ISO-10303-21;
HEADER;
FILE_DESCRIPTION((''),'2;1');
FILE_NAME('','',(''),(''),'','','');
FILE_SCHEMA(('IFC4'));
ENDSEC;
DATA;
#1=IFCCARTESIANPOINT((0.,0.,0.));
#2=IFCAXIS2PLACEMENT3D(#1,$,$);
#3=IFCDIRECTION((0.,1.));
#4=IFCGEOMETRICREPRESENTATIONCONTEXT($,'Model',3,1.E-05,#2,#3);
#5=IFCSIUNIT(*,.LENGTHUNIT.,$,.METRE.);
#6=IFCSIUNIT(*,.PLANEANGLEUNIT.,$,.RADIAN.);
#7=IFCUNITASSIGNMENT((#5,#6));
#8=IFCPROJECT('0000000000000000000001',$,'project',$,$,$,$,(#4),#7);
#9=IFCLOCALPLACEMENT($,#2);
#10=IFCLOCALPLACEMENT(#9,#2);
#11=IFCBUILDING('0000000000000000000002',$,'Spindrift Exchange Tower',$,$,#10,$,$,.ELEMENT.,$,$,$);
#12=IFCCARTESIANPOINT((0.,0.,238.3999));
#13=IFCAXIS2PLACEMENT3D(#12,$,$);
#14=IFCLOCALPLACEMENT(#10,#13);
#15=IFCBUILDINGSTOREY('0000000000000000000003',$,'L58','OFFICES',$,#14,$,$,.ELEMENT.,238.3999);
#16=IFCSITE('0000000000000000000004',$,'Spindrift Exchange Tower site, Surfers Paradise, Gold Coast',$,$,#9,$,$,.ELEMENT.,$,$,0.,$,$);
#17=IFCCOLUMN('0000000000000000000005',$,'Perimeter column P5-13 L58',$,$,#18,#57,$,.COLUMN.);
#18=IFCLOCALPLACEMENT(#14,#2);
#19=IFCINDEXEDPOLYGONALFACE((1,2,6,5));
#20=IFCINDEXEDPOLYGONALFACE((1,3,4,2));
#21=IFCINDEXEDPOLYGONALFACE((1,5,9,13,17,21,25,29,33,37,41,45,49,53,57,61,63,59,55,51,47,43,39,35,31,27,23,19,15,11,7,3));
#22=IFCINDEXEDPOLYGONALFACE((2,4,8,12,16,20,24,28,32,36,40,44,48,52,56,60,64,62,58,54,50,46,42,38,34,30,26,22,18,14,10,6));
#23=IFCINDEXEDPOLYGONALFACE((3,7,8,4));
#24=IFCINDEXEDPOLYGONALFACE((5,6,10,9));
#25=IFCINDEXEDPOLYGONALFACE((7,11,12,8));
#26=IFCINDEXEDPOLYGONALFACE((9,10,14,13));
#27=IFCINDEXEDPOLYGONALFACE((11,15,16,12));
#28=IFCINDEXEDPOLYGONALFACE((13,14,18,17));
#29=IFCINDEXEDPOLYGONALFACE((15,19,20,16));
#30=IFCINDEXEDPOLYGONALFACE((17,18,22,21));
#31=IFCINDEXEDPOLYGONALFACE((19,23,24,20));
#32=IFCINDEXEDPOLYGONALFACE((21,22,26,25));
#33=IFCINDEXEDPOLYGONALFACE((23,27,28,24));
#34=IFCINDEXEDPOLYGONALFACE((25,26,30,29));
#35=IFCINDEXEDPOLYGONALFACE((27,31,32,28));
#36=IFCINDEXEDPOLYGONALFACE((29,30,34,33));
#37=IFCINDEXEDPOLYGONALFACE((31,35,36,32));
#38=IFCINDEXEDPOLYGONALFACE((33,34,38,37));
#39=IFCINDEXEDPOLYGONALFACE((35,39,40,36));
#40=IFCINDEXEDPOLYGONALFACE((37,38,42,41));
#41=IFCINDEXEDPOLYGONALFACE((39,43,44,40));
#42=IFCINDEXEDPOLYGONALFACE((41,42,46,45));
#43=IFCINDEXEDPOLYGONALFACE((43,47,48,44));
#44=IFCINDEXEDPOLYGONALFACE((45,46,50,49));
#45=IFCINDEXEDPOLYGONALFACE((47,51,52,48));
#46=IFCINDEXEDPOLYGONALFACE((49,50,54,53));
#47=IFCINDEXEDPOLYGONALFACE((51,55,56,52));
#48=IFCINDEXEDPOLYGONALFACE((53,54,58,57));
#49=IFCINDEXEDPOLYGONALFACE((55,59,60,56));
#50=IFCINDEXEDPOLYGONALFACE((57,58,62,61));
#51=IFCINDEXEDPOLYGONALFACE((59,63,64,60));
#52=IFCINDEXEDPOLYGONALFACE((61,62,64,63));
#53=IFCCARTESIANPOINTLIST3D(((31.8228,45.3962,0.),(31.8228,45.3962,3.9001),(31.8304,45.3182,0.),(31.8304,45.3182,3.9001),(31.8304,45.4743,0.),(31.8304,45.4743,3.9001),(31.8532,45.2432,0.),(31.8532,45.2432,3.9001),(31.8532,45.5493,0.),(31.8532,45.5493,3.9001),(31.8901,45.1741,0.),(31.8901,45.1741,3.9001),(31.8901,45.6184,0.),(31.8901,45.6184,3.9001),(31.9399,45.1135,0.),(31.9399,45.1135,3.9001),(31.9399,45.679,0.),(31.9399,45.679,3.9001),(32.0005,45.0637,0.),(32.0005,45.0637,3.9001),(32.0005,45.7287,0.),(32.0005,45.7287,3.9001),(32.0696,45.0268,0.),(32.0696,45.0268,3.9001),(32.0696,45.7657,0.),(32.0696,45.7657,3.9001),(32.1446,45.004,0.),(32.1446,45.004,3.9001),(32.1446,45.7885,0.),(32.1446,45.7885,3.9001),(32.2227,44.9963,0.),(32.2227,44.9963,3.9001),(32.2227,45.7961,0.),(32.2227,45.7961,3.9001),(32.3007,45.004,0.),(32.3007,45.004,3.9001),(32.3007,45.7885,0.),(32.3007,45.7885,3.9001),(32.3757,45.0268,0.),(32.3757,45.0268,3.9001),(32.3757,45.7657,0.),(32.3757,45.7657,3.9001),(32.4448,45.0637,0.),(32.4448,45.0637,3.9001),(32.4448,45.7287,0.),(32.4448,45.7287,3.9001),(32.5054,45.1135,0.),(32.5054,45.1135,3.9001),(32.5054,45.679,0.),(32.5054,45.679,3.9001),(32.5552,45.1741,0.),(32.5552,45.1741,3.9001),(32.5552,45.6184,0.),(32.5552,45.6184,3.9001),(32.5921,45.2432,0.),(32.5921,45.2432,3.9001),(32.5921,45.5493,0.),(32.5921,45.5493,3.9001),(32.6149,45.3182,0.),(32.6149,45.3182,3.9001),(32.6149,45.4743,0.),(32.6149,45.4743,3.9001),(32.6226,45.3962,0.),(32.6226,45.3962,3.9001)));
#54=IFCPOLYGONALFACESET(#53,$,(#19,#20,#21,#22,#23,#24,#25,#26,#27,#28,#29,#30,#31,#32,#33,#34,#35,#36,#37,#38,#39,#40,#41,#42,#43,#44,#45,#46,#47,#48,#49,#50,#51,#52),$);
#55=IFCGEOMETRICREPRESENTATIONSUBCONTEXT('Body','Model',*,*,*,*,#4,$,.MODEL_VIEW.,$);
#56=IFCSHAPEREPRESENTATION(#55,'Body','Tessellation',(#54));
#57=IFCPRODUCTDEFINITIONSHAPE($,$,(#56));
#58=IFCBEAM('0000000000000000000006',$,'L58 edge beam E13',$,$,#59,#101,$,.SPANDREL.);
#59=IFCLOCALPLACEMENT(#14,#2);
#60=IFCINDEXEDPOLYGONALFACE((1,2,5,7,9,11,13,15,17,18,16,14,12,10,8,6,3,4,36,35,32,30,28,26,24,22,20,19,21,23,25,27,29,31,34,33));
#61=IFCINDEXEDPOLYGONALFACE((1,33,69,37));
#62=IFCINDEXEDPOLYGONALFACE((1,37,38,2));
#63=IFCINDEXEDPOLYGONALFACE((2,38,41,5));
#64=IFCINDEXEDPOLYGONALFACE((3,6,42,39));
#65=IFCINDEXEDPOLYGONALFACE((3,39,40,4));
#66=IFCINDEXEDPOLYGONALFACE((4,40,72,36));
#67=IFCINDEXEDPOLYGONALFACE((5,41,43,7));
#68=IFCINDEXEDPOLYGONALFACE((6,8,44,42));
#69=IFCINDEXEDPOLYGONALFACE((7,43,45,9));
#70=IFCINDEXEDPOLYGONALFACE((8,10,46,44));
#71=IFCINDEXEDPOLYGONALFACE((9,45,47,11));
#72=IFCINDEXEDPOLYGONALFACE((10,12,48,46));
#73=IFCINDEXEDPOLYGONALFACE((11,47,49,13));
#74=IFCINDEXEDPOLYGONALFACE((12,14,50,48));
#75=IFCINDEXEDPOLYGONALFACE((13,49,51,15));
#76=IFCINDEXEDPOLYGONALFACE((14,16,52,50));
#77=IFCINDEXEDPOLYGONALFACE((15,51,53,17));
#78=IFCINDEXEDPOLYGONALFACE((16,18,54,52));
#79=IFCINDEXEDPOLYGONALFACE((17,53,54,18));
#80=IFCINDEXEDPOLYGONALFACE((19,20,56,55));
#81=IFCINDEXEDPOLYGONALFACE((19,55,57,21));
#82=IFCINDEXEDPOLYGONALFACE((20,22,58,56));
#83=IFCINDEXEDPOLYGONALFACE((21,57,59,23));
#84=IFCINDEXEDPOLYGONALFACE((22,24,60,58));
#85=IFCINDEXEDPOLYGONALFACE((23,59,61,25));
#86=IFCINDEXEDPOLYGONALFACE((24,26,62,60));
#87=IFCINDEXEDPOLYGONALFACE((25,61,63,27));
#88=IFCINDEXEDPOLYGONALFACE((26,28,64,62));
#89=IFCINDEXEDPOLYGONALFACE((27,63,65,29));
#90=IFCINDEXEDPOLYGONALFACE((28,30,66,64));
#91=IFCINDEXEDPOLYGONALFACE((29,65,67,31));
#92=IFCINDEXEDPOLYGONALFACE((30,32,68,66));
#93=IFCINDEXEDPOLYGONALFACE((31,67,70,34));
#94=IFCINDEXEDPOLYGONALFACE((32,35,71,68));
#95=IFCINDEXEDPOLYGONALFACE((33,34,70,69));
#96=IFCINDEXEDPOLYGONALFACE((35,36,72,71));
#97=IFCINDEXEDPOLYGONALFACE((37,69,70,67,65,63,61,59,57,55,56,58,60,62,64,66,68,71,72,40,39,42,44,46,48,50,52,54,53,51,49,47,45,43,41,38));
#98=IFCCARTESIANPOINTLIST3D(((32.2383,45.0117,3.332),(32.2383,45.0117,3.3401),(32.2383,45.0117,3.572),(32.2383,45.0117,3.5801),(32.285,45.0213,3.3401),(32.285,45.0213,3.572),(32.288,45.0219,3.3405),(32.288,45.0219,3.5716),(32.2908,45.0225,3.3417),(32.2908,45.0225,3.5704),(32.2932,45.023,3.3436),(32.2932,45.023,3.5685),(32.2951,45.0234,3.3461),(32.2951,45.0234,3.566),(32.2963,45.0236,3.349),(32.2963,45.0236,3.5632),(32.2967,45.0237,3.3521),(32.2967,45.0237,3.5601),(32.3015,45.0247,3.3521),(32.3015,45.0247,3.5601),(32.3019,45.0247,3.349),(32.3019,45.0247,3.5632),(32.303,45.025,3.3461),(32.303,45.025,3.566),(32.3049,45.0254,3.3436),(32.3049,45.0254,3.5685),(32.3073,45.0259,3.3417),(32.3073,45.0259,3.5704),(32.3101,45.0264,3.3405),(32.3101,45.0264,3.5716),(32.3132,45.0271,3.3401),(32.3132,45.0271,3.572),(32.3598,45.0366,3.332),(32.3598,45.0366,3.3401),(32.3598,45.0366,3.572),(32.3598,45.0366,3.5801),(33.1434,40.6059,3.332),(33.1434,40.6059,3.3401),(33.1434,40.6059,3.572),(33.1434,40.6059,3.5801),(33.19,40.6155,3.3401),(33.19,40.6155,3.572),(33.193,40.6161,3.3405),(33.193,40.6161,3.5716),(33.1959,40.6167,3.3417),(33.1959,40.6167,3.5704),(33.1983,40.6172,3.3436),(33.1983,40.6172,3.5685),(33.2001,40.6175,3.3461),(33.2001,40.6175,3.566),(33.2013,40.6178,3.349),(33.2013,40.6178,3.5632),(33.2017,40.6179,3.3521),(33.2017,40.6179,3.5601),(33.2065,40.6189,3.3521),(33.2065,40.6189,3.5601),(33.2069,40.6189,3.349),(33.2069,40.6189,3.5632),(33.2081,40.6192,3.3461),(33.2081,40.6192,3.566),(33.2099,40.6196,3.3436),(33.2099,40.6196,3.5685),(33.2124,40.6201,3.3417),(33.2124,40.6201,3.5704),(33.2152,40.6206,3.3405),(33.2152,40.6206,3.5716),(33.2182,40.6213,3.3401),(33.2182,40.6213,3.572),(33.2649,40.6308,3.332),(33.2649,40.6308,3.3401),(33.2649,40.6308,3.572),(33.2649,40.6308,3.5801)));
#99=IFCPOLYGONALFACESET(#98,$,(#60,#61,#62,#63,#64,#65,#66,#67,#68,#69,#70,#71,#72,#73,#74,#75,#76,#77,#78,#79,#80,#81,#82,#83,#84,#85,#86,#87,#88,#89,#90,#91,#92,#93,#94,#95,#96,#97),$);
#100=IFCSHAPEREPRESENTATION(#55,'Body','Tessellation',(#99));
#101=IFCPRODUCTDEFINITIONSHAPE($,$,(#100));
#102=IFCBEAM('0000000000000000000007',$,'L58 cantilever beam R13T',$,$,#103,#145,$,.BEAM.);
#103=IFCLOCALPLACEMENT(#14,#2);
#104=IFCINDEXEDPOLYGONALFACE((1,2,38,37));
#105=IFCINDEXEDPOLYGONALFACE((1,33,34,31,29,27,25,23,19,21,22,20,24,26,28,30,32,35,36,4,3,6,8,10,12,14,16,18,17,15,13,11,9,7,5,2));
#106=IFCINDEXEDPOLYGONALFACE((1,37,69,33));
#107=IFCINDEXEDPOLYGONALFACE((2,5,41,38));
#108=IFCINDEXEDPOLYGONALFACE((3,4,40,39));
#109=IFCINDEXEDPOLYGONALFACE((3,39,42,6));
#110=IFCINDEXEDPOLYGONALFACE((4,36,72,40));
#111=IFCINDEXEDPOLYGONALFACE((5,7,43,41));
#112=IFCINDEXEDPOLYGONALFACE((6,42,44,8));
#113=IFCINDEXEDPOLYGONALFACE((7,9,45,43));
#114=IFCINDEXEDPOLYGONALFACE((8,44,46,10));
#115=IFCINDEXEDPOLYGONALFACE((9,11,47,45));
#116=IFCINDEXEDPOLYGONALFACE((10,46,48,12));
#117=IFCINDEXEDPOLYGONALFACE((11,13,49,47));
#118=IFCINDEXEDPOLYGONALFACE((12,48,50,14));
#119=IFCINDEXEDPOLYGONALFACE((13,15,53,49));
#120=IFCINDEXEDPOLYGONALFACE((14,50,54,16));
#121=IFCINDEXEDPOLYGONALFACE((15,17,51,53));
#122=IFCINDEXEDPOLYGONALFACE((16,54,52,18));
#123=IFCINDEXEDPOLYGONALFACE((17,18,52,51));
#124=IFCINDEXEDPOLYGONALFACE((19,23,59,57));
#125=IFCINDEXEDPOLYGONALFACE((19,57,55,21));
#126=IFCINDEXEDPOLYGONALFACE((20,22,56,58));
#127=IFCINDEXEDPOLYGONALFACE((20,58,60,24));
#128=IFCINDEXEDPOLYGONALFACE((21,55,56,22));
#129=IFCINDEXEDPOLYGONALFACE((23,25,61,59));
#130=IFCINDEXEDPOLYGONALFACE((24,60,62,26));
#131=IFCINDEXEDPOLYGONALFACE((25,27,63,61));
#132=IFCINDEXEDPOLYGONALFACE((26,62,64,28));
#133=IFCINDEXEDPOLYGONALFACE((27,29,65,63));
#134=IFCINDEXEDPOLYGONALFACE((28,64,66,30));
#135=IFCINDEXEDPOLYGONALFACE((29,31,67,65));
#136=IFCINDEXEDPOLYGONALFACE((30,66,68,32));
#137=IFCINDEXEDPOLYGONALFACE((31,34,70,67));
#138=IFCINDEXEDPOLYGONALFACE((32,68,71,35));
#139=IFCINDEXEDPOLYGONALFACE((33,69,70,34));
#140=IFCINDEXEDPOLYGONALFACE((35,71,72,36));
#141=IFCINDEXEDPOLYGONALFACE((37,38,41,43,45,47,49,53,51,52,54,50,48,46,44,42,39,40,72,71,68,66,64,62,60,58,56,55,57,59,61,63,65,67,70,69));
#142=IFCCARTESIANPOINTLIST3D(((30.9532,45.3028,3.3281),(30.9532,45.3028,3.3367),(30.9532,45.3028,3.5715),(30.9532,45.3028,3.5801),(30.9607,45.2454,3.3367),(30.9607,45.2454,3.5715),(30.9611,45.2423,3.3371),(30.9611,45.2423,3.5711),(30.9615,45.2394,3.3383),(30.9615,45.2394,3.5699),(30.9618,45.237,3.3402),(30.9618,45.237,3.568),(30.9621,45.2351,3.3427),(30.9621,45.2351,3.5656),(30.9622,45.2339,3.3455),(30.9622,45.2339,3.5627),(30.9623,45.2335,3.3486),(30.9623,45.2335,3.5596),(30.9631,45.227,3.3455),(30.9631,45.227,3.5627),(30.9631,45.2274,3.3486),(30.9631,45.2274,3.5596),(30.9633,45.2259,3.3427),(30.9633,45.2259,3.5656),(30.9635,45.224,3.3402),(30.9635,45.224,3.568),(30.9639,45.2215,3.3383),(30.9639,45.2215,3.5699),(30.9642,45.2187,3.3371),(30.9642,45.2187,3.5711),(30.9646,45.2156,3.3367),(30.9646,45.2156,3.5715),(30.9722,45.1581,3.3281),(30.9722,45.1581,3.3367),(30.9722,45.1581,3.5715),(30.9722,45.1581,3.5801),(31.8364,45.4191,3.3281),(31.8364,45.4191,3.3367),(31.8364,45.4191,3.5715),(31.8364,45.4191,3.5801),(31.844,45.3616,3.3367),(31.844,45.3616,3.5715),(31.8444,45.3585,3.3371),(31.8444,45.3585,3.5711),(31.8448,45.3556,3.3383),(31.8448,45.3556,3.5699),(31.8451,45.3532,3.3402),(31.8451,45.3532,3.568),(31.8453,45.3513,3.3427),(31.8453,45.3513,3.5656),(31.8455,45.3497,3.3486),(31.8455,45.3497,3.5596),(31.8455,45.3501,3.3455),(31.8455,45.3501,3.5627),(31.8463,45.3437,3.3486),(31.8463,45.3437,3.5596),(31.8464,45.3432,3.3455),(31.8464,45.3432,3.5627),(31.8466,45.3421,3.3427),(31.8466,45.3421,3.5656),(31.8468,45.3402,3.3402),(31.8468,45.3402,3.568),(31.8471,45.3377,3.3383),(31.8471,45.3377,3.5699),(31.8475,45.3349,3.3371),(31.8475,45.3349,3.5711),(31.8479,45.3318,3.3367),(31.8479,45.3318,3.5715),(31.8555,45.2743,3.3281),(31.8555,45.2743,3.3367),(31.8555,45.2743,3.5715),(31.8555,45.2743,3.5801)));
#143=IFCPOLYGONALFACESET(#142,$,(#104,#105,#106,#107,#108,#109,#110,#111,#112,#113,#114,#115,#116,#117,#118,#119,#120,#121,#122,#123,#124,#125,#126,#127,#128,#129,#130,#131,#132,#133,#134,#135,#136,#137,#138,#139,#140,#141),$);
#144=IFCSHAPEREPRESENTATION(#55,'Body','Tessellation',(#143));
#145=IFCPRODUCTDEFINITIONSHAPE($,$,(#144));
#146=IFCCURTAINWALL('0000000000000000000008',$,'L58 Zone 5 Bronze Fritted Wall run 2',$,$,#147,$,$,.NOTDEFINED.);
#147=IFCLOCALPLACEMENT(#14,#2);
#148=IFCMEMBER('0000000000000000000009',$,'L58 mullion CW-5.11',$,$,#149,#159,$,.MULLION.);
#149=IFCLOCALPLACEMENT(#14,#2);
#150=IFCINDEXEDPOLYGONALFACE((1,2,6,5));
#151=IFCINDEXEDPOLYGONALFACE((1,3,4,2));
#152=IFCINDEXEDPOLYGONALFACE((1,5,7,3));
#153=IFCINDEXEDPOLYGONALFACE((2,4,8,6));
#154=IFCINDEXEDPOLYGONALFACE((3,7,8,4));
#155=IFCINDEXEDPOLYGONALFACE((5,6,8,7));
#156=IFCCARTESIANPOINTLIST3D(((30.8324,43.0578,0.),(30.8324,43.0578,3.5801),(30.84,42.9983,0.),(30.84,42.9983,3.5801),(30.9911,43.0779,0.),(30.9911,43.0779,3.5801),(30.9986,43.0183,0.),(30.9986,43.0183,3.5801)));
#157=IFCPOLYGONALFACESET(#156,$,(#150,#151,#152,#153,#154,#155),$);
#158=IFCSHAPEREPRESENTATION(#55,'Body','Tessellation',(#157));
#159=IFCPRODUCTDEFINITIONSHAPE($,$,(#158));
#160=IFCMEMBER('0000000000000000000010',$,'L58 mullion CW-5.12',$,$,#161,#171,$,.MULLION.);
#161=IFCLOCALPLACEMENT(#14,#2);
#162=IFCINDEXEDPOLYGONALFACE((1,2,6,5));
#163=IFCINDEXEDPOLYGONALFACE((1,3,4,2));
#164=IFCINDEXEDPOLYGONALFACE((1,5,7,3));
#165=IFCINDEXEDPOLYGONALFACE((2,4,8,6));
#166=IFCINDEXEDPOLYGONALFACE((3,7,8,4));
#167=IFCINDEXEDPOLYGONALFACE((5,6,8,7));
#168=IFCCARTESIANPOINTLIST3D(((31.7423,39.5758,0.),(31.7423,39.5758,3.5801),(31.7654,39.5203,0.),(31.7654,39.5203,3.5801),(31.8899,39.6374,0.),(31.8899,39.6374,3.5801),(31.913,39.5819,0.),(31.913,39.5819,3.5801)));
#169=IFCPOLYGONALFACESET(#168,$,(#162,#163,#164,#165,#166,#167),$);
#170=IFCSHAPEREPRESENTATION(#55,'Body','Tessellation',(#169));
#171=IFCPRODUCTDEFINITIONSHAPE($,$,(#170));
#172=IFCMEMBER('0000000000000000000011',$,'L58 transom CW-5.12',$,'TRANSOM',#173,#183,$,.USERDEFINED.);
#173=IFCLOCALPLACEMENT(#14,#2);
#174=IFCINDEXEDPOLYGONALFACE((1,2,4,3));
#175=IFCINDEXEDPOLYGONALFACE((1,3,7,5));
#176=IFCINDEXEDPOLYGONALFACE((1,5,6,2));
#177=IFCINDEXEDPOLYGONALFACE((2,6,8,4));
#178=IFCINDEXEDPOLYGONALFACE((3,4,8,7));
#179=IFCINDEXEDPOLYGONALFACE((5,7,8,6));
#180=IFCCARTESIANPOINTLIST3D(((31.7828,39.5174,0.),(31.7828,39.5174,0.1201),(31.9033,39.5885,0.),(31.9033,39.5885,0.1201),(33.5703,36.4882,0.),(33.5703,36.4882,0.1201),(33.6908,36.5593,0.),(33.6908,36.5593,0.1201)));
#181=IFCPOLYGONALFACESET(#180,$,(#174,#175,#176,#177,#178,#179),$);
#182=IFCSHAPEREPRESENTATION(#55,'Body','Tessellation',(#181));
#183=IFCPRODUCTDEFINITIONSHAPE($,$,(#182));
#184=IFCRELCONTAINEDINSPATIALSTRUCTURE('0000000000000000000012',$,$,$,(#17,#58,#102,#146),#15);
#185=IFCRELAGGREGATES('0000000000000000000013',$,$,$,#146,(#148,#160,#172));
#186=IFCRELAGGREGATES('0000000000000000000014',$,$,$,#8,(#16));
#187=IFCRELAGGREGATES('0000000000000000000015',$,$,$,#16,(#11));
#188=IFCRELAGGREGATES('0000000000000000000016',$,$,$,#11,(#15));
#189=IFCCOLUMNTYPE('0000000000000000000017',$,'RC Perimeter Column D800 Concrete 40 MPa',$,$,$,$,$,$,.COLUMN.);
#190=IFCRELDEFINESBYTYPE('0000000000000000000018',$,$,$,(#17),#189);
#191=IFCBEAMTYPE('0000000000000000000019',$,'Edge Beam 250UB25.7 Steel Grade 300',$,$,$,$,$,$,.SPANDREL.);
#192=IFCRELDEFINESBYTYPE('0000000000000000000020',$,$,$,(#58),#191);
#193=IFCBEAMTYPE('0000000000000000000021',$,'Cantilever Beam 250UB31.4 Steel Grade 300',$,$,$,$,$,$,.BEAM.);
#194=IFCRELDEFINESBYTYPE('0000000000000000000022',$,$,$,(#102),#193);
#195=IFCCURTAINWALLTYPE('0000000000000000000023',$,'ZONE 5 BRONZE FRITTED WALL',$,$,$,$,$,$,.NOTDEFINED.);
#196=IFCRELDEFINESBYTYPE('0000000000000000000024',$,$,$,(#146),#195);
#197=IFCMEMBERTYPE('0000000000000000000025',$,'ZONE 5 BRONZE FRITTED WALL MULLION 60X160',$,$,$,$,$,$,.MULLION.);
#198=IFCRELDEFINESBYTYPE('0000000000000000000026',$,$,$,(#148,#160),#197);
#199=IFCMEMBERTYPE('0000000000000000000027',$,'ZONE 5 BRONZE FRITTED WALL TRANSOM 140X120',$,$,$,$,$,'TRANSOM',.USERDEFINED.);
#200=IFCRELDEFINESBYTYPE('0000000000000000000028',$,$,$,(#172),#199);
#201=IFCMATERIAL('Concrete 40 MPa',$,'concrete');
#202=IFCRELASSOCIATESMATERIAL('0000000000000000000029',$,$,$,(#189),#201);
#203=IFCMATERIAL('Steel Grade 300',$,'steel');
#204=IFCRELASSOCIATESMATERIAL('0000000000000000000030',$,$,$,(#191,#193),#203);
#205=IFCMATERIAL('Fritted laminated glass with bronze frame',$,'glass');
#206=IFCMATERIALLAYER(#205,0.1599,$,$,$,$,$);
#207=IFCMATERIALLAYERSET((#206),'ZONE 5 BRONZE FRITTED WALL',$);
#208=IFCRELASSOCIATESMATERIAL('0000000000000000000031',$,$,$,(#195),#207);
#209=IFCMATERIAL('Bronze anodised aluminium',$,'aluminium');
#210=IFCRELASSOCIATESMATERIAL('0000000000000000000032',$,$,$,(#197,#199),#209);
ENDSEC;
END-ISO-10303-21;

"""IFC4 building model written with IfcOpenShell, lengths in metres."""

from ifc_helpers import new_model, si_unit, direction, frame, origin, origin_2d, place, context, subcontext, project, spatial, rectangle, circle, i_section, extrude, source, transform, mapped, material, layer, layer_set, material_profile, profile_set, type_object, element, aggregate, save


model = new_model("IFC4")

# Units and contexts
model_context = context("Model", 3, precision=1e-05, world=origin(), true_north=direction((0.0, 1.0)))
body_context = subcontext(model_context, "Body", "Model", "MODEL_VIEW")
ifc_project = project(units=[si_unit("LENGTHUNIT", "METRE"), si_unit("PLANEANGLEUNIT", "RADIAN")], contexts=[model_context])

# Site, building, storey
site_placement = place(None, origin())
site = spatial("IfcSite", under=ifc_project, at=site_placement, Name="Spindrift Exchange Tower site, Surfers Paradise, Gold Coast", CompositionType="ELEMENT", RefElevation=0.0)
building_placement = place(site_placement, origin())
building = spatial("IfcBuilding", under=site, at=building_placement, Name="Spindrift Exchange Tower", CompositionType="ELEMENT")
storey_placement = place(building_placement, frame((0.0, 0.0, 238.3999)))
storey = spatial("IfcBuildingStorey", under=building, at=storey_placement, Name="L58", Description="OFFICES", CompositionType="ELEMENT", Elevation=238.3999)

# Column
ifc_material_1 = material(Name="Concrete 40 MPa", Category="concrete")
ifc_material_profile_1 = material_profile(ifc_material_1, circle(Radius=0.3999, at=origin_2d()), Name="RC D800")
ifc_profile_set_1 = profile_set([ifc_material_profile_1], Name="Concrete 40 MPa")
column_type = type_object("IfcColumnType", Name="RC Perimeter Column D800 Concrete 40 MPa", PredefinedType="COLUMN", material=ifc_profile_set_1)
shared_shape_1 = source(origin(), body_context, "Body", "SweptSolid", [
    extrude(circle(Radius=0.3999, at=origin_2d()), origin(), (0.0, 0.0, 1.0), 3.9001),
])
column_placement = place(storey_placement, frame((32.2227, 45.3962, 0.0), z_axis=(0.0, 0.0, 1.0), x_axis=(1.0, 0.0, 0.0)))
element("IfcColumn", 1, at=column_placement, inside=storey, type_object=column_type, Name="Perimeter column P5-13 L58", PredefinedType="COLUMN", context=body_context, shape_type="MappedRepresentation", body=[
    mapped(shared_shape_1, transform((0.0, 0.0, 0.0), scale=1.0)),
])

# Beams
ifc_material_2 = material(Name="Steel Grade 300", Category="steel")
ifc_material_profile_2 = material_profile(ifc_material_2, i_section(OverallWidth=0.124, OverallDepth=0.248, WebThickness=0.0049, FlangeThickness=0.0081, FilletRadius=0.012, at=origin_2d()), Name="250UB25.7")
ifc_profile_set_2 = profile_set([ifc_material_profile_2], Name="Steel Grade 300")
beam_type_1 = type_object("IfcBeamType", Name="Edge Beam 250UB25.7 Steel Grade 300", PredefinedType="SPANDREL", material=ifc_profile_set_2)
shared_shape_2 = source(origin(), body_context, "Body", "SweptSolid", [
    extrude(i_section(OverallWidth=0.124, OverallDepth=0.248, WebThickness=0.0049, FlangeThickness=0.0081, FilletRadius=0.012, at=origin_2d()), origin(), (0.0, 0.0, 1.0), 4.4978),
])
beam_1_placement = place(storey_placement, frame((32.2991, 45.0242, 3.4561), z_axis=(0.201218, -0.979546, 0.0), x_axis=(0.979546, 0.201218, 0.0)))
element("IfcBeam", 2, at=beam_1_placement, inside=storey, type_object=beam_type_1, Name="L58 edge beam E13", PredefinedType="SPANDREL", context=body_context, shape_type="MappedRepresentation", body=[
    mapped(shared_shape_2, transform((0.0, 0.0, 0.0), scale=1.0)),
])
ifc_material_profile_3 = material_profile(ifc_material_2, i_section(OverallWidth=0.146, OverallDepth=0.252, WebThickness=0.0061, FlangeThickness=0.0085, FilletRadius=0.012, at=origin_2d()), Name="250UB31.4")
ifc_profile_set_3 = profile_set([ifc_material_profile_3], Name="Steel Grade 300")
beam_type_2 = type_object("IfcBeamType", Name="Cantilever Beam 250UB31.4 Steel Grade 300", PredefinedType="BEAM", material=ifc_profile_set_3)
shared_shape_3 = source(origin(), body_context, "Body", "SweptSolid", [
    extrude(i_section(OverallWidth=0.146, OverallDepth=0.252, WebThickness=0.0061, FlangeThickness=0.0085, FilletRadius=0.012, at=origin_2d()), origin(), (0.0, 0.0, 1.0), 0.8909),
])
beam_2_placement = place(storey_placement, frame((31.8459, 45.3467, 3.4541), z_axis=(-0.991456, -0.13044, 0.0), x_axis=(0.13044, -0.991456, 0.0)))
element("IfcBeam", 3, at=beam_2_placement, inside=storey, type_object=beam_type_2, Name="L58 cantilever beam R13T", PredefinedType="BEAM", context=body_context, shape_type="MappedRepresentation", body=[
    mapped(shared_shape_3, transform((0.0, 0.0, 0.0), scale=1.0)),
])

# Curtain wall, members
ifc_material_3 = material(Name="Fritted laminated glass with bronze frame", Category="glass")
ifc_layer_1 = layer(ifc_material_3, 0.1599)
ifc_layer_set_1 = layer_set([ifc_layer_1], Name="ZONE 5 BRONZE FRITTED WALL")
curtain_wall_type = type_object("IfcCurtainWallType", Name="ZONE 5 BRONZE FRITTED WALL", PredefinedType="NOTDEFINED", material=ifc_layer_set_1)
curtain_wall_placement = place(storey_placement, origin())
curtain_wall = element("IfcCurtainWall", 4, at=curtain_wall_placement, inside=storey, type_object=curtain_wall_type, Name="L58 Zone 5 Bronze Fritted Wall run 2", PredefinedType="NOTDEFINED")
ifc_material_4 = material(Name="Bronze anodised aluminium", Category="aluminium")
ifc_material_profile_4 = material_profile(ifc_material_4, rectangle(XDim=0.0601, YDim=0.1599, at=origin_2d()), Name="ZONE 5 BRONZE FRITTED WALL MULLION 60X160")
ifc_profile_set_4 = profile_set([ifc_material_profile_4], Name="Bronze anodised aluminium")
member_type_1 = type_object("IfcMemberType", Name="ZONE 5 BRONZE FRITTED WALL MULLION 60X160", PredefinedType="MULLION", material=ifc_profile_set_4)
shared_shape_4 = source(origin(), body_context, "Body", "SweptSolid", [
    extrude(rectangle(XDim=0.0601, YDim=0.1599, at=origin_2d()), origin(), (0.0, 0.0, 1.0), 3.5801),
])
member_1_placement = place(storey_placement, frame((30.9155, 43.0381, 0.0), z_axis=(0.0, 0.0, 1.0), x_axis=(0.125605, -0.99208, 0.0)))
member_1 = element("IfcMember", 5, at=member_1_placement, type_object=member_type_1, Name="L58 mullion CW-5.11", PredefinedType="MULLION", context=body_context, shape_type="MappedRepresentation", body=[
    mapped(shared_shape_4, transform((0.0, 0.0, 0.0), scale=1.0)),
])
member_2_placement = place(storey_placement, frame((31.8276, 39.5789, 0.0), z_axis=(0.0, 0.0, 1.0), x_axis=(0.385232, -0.92282, 0.0)))
member_2 = element("IfcMember", 6, at=member_2_placement, type_object=member_type_1, Name="L58 mullion CW-5.12", PredefinedType="MULLION", context=body_context, shape_type="MappedRepresentation", body=[
    mapped(shared_shape_4, transform((0.0, 0.0, 0.0), scale=1.0)),
])
ifc_material_profile_5 = material_profile(ifc_material_4, rectangle(XDim=0.1399, YDim=0.1201, at=origin_2d()), Name="ZONE 5 BRONZE FRITTED WALL TRANSOM 140X120")
ifc_profile_set_5 = profile_set([ifc_material_profile_5], Name="Bronze anodised aluminium")
member_type_2 = type_object("IfcMemberType", Name="ZONE 5 BRONZE FRITTED WALL TRANSOM 140X120", ElementType="TRANSOM", PredefinedType="USERDEFINED", material=ifc_profile_set_5)
shared_shape_5 = source(origin(), body_context, "Body", "SweptSolid", [
    extrude(rectangle(XDim=0.1399, YDim=0.1201, at=origin_2d()), origin(), (0.0, 0.0, 1.0), 3.5173),
])
member_3_placement = place(storey_placement, frame((31.843, 39.553, 0.0601), z_axis=(0.508215, -0.86123, 0.0), x_axis=(0.86123, 0.508215, 0.0)))
member_3 = element("IfcMember", 7, at=member_3_placement, type_object=member_type_2, Name="L58 transom CW-5.12", ObjectType="TRANSOM", PredefinedType="USERDEFINED", context=body_context, shape_type="MappedRepresentation", body=[
    mapped(shared_shape_5, transform((0.0, 0.0, 0.0), scale=1.0)),
])
aggregate(curtain_wall, [member_1, member_2, member_3])

save(model, "model.ifc")
